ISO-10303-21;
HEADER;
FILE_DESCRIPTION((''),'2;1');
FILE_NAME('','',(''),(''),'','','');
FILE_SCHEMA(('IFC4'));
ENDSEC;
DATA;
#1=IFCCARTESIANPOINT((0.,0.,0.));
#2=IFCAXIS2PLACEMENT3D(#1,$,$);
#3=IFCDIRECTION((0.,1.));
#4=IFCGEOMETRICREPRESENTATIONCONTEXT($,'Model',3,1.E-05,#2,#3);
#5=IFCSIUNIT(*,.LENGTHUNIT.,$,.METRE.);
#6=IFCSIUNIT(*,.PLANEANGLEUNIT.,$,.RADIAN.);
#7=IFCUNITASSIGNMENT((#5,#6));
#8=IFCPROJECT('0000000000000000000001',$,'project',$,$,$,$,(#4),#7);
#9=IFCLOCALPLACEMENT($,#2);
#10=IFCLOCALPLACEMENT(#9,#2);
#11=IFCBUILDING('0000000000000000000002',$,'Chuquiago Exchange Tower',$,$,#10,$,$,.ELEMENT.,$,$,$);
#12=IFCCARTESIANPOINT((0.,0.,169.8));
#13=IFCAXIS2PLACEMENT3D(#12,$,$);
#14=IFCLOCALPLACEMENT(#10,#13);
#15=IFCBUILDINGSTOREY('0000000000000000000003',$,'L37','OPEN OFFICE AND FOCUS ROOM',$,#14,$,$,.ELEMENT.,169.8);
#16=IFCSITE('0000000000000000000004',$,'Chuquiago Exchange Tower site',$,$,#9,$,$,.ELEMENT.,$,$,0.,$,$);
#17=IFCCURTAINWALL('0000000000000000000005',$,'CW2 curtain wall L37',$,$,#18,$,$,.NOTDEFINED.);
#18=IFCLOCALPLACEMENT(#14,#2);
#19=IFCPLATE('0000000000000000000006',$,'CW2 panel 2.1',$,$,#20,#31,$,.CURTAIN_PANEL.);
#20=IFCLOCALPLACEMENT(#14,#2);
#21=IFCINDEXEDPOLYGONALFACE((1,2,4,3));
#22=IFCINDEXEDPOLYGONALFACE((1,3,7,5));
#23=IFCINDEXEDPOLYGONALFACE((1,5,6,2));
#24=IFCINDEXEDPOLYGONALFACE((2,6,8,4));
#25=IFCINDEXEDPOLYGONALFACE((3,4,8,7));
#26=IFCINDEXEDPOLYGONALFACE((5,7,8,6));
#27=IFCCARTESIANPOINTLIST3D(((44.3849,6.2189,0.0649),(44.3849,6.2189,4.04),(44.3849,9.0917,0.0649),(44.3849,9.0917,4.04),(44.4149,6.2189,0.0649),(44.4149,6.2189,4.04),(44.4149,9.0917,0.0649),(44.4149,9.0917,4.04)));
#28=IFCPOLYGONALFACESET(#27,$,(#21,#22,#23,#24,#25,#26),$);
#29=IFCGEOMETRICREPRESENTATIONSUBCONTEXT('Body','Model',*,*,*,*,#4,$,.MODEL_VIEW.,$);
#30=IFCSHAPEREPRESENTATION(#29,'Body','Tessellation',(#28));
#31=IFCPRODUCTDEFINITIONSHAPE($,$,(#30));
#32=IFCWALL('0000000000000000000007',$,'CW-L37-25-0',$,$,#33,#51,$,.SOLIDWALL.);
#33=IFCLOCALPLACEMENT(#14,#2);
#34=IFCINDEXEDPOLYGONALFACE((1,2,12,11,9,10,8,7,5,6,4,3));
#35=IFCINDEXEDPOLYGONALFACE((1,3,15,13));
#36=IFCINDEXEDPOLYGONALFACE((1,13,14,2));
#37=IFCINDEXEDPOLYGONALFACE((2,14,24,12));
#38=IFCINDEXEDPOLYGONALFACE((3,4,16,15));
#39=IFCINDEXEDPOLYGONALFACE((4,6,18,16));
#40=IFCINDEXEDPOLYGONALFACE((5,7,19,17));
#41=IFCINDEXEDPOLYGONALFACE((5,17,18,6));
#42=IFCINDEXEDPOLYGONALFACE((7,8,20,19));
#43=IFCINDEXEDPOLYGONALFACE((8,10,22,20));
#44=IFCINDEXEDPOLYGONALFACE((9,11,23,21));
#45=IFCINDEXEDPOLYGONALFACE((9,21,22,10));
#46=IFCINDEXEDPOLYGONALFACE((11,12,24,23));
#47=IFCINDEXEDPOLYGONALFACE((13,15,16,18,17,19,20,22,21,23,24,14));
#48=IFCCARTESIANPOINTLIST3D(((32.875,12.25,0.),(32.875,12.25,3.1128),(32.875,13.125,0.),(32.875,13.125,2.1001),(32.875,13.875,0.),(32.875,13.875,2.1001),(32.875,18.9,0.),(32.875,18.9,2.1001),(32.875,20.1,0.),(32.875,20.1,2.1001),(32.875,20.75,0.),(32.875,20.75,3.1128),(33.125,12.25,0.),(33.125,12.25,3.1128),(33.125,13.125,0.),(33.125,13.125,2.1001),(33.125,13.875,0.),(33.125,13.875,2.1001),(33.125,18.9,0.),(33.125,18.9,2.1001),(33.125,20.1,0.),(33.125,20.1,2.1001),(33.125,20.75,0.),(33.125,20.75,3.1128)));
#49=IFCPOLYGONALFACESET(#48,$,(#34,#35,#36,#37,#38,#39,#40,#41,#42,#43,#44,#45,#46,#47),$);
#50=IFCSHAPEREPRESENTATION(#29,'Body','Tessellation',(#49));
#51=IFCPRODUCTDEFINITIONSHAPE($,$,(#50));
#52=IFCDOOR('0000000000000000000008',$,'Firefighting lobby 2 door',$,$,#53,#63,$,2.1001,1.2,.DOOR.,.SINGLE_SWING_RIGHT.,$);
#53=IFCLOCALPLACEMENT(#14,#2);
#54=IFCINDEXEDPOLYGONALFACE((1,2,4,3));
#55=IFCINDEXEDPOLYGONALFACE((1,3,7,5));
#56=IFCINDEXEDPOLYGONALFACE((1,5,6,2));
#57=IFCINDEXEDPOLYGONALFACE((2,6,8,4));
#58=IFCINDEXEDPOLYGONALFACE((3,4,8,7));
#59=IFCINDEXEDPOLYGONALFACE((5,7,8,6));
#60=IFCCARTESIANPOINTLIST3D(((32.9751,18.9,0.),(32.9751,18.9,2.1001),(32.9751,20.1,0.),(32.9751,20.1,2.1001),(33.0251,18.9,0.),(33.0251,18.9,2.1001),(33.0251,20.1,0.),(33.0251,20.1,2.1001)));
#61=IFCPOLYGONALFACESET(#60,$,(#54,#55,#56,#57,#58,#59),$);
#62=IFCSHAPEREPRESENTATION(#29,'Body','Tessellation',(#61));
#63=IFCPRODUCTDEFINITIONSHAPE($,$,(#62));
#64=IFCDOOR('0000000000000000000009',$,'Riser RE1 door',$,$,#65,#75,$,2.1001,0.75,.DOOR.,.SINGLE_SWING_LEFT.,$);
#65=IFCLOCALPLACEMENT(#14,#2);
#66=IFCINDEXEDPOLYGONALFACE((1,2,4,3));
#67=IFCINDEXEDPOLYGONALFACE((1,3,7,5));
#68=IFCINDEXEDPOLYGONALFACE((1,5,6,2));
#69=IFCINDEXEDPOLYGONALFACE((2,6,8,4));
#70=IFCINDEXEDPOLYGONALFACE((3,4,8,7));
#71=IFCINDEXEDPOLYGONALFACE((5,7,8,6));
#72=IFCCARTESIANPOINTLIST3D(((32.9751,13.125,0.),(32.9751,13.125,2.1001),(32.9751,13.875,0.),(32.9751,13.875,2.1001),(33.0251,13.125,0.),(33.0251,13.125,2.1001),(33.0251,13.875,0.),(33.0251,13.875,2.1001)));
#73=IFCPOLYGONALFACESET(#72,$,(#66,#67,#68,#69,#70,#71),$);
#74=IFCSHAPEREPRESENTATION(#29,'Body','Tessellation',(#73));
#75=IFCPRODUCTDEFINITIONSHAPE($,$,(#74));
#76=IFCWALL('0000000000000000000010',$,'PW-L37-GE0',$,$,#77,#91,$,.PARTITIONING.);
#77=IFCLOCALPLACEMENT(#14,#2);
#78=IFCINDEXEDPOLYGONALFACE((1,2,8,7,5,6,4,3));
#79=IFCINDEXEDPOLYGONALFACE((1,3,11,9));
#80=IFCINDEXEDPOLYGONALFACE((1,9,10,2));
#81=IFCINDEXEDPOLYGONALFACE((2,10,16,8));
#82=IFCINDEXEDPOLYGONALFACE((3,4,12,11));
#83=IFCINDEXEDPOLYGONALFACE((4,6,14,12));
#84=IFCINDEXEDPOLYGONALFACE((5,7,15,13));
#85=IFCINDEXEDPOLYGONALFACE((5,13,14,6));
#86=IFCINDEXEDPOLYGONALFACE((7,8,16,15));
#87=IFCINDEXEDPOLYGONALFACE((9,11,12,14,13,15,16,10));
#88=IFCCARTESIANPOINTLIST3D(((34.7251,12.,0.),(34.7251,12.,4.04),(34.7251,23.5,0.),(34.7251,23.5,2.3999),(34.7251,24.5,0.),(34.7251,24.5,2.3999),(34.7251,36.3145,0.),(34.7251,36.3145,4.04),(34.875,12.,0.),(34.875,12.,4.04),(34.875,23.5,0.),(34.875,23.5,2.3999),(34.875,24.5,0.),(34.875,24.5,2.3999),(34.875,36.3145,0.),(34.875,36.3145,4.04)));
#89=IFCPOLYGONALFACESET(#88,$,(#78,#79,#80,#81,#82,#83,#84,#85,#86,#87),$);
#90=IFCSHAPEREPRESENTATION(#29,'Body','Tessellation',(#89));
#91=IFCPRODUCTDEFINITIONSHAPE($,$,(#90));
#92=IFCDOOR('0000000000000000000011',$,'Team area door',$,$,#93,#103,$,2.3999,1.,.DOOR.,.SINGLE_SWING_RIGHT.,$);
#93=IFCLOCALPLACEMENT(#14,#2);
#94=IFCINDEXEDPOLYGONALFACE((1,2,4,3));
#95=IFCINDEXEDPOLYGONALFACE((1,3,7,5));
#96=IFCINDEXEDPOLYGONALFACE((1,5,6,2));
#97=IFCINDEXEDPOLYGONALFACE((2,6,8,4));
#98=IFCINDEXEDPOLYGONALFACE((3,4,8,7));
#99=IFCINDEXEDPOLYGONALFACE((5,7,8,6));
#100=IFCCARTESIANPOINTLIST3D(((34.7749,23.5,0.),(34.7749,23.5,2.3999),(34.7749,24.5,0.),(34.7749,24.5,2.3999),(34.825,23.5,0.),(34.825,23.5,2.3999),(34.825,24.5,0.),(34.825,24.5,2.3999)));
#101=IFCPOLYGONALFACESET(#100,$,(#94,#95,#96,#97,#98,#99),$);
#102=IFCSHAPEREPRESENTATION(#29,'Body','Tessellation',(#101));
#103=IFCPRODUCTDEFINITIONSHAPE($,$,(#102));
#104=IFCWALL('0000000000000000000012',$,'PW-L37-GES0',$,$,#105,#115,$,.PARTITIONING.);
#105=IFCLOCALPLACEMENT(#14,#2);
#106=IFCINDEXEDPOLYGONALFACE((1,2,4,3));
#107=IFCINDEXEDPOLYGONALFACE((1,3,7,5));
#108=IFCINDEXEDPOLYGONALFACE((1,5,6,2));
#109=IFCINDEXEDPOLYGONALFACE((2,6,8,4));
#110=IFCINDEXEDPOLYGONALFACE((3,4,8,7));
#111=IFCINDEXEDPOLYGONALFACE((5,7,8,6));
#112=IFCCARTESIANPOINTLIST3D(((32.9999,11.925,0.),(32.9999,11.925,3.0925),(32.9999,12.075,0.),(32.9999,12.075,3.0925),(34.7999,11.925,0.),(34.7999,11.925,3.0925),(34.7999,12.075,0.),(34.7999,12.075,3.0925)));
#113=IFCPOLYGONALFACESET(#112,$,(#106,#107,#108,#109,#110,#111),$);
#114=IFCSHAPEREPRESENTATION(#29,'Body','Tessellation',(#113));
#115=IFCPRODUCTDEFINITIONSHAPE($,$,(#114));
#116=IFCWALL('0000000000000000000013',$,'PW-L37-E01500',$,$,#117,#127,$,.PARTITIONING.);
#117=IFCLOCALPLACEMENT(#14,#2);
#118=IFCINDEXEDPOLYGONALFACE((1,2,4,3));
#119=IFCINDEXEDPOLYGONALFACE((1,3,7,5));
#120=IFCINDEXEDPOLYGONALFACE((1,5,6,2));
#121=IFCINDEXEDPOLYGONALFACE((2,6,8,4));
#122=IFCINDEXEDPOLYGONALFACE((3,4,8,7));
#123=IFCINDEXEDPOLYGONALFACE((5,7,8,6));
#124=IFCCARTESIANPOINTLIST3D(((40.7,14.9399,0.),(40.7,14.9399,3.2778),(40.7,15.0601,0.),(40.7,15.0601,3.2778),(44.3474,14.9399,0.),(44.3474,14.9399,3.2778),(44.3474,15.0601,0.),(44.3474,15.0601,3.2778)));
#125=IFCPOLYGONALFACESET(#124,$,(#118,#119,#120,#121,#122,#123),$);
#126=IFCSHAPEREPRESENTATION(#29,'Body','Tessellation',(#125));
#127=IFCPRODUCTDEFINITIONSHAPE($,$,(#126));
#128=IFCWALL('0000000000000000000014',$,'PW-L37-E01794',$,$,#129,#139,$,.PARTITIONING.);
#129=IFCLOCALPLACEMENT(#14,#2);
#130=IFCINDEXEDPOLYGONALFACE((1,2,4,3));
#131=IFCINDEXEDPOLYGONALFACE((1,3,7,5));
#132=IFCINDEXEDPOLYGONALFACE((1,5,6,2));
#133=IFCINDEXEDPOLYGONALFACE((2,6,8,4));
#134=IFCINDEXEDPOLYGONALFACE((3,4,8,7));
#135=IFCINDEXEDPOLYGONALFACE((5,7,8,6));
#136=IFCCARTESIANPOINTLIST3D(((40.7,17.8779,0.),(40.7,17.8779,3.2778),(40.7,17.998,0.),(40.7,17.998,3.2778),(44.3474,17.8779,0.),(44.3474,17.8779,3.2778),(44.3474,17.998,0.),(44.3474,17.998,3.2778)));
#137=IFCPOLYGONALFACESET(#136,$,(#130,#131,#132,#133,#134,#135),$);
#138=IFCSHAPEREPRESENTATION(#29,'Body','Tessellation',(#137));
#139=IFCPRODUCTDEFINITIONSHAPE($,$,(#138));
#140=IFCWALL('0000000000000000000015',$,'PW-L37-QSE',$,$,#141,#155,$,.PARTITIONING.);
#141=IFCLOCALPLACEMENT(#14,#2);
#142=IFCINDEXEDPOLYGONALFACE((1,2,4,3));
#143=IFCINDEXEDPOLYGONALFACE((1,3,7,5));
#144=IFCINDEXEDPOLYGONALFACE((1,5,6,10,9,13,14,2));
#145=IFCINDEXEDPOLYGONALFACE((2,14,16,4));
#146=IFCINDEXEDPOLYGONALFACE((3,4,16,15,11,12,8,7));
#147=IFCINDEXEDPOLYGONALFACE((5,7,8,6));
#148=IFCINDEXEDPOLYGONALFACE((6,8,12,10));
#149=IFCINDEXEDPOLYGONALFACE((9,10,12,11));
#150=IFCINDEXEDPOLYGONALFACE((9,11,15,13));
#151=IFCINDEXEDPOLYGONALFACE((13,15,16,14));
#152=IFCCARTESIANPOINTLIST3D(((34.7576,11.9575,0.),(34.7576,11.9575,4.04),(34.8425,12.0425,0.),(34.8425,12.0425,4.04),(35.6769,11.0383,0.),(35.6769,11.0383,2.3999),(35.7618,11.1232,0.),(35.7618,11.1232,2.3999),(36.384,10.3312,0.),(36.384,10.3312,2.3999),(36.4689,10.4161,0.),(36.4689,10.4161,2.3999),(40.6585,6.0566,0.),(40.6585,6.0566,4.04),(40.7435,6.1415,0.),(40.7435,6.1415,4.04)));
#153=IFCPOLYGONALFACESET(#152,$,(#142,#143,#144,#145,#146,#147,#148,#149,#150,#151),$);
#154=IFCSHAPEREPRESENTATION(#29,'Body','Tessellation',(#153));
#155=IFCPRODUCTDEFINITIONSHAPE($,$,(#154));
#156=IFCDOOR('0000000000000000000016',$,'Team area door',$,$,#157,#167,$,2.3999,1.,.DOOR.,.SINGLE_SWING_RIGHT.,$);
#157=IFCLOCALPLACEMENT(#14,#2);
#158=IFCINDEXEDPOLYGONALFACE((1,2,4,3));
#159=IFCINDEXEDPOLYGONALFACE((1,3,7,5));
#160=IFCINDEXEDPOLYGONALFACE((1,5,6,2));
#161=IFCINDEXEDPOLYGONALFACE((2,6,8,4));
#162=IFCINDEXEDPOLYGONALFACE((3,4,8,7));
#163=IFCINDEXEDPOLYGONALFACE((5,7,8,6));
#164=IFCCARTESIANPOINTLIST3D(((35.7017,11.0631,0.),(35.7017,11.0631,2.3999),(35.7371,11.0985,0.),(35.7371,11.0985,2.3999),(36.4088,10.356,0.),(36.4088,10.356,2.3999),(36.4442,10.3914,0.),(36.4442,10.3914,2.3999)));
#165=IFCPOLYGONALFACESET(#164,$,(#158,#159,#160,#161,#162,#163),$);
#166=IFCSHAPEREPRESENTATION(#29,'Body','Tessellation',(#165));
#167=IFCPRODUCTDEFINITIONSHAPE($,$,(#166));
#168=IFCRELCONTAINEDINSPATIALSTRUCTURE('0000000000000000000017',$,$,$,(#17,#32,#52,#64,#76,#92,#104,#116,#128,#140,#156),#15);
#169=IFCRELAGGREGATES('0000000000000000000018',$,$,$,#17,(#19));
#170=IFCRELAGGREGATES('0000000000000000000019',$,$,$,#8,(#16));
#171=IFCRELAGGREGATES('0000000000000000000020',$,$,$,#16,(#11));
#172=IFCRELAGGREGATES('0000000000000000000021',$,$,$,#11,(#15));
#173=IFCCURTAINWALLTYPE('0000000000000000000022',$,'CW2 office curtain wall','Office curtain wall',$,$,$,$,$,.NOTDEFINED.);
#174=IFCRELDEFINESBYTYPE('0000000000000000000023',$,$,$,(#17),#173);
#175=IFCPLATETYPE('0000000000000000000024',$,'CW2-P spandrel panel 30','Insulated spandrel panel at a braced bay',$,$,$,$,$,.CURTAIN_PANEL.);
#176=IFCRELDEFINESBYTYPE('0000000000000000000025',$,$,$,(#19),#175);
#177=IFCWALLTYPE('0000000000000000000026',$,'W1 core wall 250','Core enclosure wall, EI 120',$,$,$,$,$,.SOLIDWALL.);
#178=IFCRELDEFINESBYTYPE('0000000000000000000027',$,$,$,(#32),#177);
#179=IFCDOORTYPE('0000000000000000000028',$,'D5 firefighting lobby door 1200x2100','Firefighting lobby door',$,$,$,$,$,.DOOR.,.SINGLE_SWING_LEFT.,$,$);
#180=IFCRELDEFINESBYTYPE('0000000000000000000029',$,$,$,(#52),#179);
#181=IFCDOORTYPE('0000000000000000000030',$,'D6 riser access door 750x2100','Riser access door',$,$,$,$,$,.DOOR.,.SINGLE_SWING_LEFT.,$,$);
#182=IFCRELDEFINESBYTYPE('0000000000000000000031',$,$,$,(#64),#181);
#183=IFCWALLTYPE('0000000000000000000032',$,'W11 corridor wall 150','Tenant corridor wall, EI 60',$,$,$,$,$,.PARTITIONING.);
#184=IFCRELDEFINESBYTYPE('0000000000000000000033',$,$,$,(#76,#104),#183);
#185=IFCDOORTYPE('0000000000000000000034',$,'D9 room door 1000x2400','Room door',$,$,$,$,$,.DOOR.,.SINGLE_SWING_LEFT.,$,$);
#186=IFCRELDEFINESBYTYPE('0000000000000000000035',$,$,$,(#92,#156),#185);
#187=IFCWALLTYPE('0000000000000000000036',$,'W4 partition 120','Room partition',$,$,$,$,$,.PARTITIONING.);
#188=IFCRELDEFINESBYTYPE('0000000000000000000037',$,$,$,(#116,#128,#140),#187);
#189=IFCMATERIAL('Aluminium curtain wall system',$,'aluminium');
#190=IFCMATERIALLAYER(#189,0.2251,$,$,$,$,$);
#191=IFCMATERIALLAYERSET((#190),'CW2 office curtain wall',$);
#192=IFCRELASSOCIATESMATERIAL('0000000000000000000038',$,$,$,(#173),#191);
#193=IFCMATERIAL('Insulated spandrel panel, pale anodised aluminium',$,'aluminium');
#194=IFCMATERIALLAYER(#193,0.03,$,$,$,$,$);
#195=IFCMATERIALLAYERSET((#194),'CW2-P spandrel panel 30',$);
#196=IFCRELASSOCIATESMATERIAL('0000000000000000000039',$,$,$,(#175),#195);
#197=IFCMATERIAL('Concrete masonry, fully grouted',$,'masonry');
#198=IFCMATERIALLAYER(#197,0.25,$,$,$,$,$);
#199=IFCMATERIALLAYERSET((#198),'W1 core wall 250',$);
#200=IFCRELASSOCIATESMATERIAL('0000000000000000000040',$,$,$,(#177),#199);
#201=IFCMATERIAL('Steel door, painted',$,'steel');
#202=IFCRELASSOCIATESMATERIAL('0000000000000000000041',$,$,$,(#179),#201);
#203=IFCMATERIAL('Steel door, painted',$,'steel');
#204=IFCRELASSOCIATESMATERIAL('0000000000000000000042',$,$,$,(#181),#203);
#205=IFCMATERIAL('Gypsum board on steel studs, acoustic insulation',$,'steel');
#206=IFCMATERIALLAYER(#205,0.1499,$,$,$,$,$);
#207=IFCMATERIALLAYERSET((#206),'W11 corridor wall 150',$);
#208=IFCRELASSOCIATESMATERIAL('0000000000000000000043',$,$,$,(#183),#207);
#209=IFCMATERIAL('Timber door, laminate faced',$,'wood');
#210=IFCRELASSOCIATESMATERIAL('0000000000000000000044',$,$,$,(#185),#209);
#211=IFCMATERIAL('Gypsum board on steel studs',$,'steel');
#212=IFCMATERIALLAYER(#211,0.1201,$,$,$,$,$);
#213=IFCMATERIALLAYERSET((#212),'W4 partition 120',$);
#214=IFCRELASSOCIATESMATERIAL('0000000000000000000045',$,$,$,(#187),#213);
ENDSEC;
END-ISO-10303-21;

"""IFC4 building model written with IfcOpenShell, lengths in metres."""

from ifc_helpers import new_model, si_unit, direction, frame, frame_2d, origin, origin_2d, place, context, subcontext, project, spatial, rectangle, extrude, material, layer, layer_set, type_object, element, fill, aggregate, save


model = new_model("IFC4")

# Units and contexts
model_context = context("Model", 3, precision=1e-05, world=origin(), true_north=direction((0.0, 1.0)))
body_context = subcontext(model_context, "Body", "Model", "MODEL_VIEW")
ifc_project = project(units=[si_unit("LENGTHUNIT", "METRE"), si_unit("PLANEANGLEUNIT", "RADIAN")], contexts=[model_context])

# Site, building, storey
site_placement = place(None, origin())
site = spatial("IfcSite", under=ifc_project, at=site_placement, Name="Chuquiago Exchange Tower site", CompositionType="ELEMENT", RefElevation=0.0)
building_placement = place(site_placement, origin())
building = spatial("IfcBuilding", under=site, at=building_placement, Name="Chuquiago Exchange Tower", CompositionType="ELEMENT")
storey_placement = place(building_placement, frame((0.0, 0.0, 169.8)))
storey = spatial("IfcBuildingStorey", under=building, at=storey_placement, Name="L37", Description="OPEN OFFICE AND FOCUS ROOM", CompositionType="ELEMENT", Elevation=169.8)

# Curtain wall
ifc_material_1 = material(Name="Aluminium curtain wall system", Category="aluminium")
ifc_layer_1 = layer(ifc_material_1, 0.2251)
ifc_layer_set_1 = layer_set([ifc_layer_1], Name="CW2 office curtain wall")
curtain_wall_type = type_object("IfcCurtainWallType", Name="CW2 office curtain wall", Description="Office curtain wall", PredefinedType="NOTDEFINED", material=ifc_layer_set_1)
curtain_wall_placement = place(storey_placement, origin())
curtain_wall = element("IfcCurtainWall", 1, at=curtain_wall_placement, inside=storey, type_object=curtain_wall_type, Name="CW2 curtain wall L37", PredefinedType="NOTDEFINED")

# Plate
ifc_material_2 = material(Name="Insulated spandrel panel, pale anodised aluminium", Category="aluminium")
ifc_layer_2 = layer(ifc_material_2, 0.03)
ifc_layer_set_2 = layer_set([ifc_layer_2], Name="CW2-P spandrel panel 30")
plate_type = type_object("IfcPlateType", Name="CW2-P spandrel panel 30", Description="Insulated spandrel panel at a braced bay", PredefinedType="CURTAIN_PANEL", material=ifc_layer_set_2)
plate_placement = place(storey_placement, frame((44.3999, 7.6553, 0.0649), z_axis=(0.0, 0.0, 1.0), x_axis=(0.0, 1.0, 0.0)))
plate = element("IfcPlate", 2, at=plate_placement, type_object=plate_type, Name="CW2 panel 2.1", PredefinedType="CURTAIN_PANEL", context=body_context, shape_type="SweptSolid", body=[
    extrude(rectangle(XDim=2.8728, YDim=0.03, at=origin_2d()), origin(), (0.0, 0.0, 1.0), 3.9751),
])
aggregate(curtain_wall, [plate])

# Wall, openings, doors
ifc_material_3 = material(Name="Concrete masonry, fully grouted", Category="masonry")
ifc_layer_3 = layer(ifc_material_3, 0.25)
ifc_layer_set_3 = layer_set([ifc_layer_3], Name="W1 core wall 250")
wall_type_1 = type_object("IfcWallType", Name="W1 core wall 250", Description="Core enclosure wall, EI 120", PredefinedType="SOLIDWALL", material=ifc_layer_set_3)
wall_1_placement = place(storey_placement, frame((33.0, 12.25, 0.0), z_axis=(0.0, 0.0, 1.0), x_axis=(0.0, 1.0, 0.0)))
wall_1 = element("IfcWall", 3, at=wall_1_placement, inside=storey, type_object=wall_type_1, Name="CW-L37-25-0", PredefinedType="SOLIDWALL", context=body_context, shape_type="SweptSolid", body=[
    extrude(rectangle(XDim=8.5, YDim=0.25, at=frame_2d((4.25, 0.0))), origin(), (0.0, 0.0, 1.0), 3.1128),
])
opening_1_placement = place(wall_1_placement, frame((6.6499, 0.0, 0.0)))
opening_1 = element("IfcOpeningElement", 4, at=opening_1_placement, cuts=wall_1, PredefinedType="OPENING", context=body_context, shape_type="SweptSolid", body=[
    extrude(rectangle(XDim=1.2, YDim=2.1001, at=frame_2d((0.6001, 1.05))), frame((0.0, 0.135, 0.0), z_axis=(0.0, -1.0, 0.0), x_axis=(1.0, 0.0, 0.0)), (0.0, 0.0, 1.0), 0.27),
])
opening_2_placement = place(wall_1_placement, frame((0.875, 0.0, 0.0)))
opening_2 = element("IfcOpeningElement", 5, at=opening_2_placement, cuts=wall_1, PredefinedType="OPENING", context=body_context, shape_type="SweptSolid", body=[
    extrude(rectangle(XDim=0.75, YDim=2.1001, at=frame_2d((0.375, 1.05))), frame((0.0, 0.135, 0.0), z_axis=(0.0, -1.0, 0.0), x_axis=(1.0, 0.0, 0.0)), (0.0, 0.0, 1.0), 0.27),
])
ifc_material_4 = material(Name="Steel door, painted", Category="steel")
door_type_1 = type_object("IfcDoorType", Name="D5 firefighting lobby door 1200x2100", Description="Firefighting lobby door", OperationType="SINGLE_SWING_LEFT", PredefinedType="DOOR", material=ifc_material_4)
door_1_placement = place(opening_1_placement, origin())
door_1 = element("IfcDoor", 6, at=door_1_placement, inside=storey, type_object=door_type_1, Name="Firefighting lobby 2 door", OperationType="SINGLE_SWING_RIGHT", OverallHeight=2.1001, OverallWidth=1.2, PredefinedType="DOOR", context=body_context, shape_type="SweptSolid", body=[
    extrude(rectangle(XDim=1.2, YDim=2.1001, at=frame_2d((0.6001, 1.05))), frame((0.0, 0.0249, 0.0), z_axis=(0.0, -1.0, 0.0), x_axis=(1.0, 0.0, 0.0)), (0.0, 0.0, 1.0), 0.05),
])
fill(opening_1, door_1)
ifc_material_5 = material(Name="Steel door, painted", Category="steel")
door_type_2 = type_object("IfcDoorType", Name="D6 riser access door 750x2100", Description="Riser access door", OperationType="SINGLE_SWING_LEFT", PredefinedType="DOOR", material=ifc_material_5)
door_2_placement = place(opening_2_placement, origin())
door_2 = element("IfcDoor", 7, at=door_2_placement, inside=storey, type_object=door_type_2, Name="Riser RE1 door", OperationType="SINGLE_SWING_LEFT", OverallHeight=2.1001, OverallWidth=0.75, PredefinedType="DOOR", context=body_context, shape_type="SweptSolid", body=[
    extrude(rectangle(XDim=0.75, YDim=2.1001, at=frame_2d((0.375, 1.05))), frame((0.0, 0.0249, 0.0), z_axis=(0.0, -1.0, 0.0), x_axis=(1.0, 0.0, 0.0)), (0.0, 0.0, 1.0), 0.05),
])
fill(opening_2, door_2)

# Wall, opening, door
ifc_material_6 = material(Name="Gypsum board on steel studs, acoustic insulation", Category="steel")
ifc_layer_4 = layer(ifc_material_6, 0.1499)
ifc_layer_set_4 = layer_set([ifc_layer_4], Name="W11 corridor wall 150")
wall_type_2 = type_object("IfcWallType", Name="W11 corridor wall 150", Description="Tenant corridor wall, EI 60", PredefinedType="PARTITIONING", material=ifc_layer_set_4)
wall_2_placement = place(storey_placement, frame((34.8, 12.0, 0.0), z_axis=(0.0, 0.0, 1.0), x_axis=(0.0, 1.0, 0.0)))
wall_2 = element("IfcWall", 8, at=wall_2_placement, inside=storey, type_object=wall_type_2, Name="PW-L37-GE0", PredefinedType="PARTITIONING", context=body_context, shape_type="SweptSolid", body=[
    extrude(rectangle(XDim=24.3145, YDim=0.1499, at=frame_2d((12.1572, 0.0))), origin(), (0.0, 0.0, 1.0), 4.04),
])
opening_3_placement = place(wall_2_placement, frame((11.5, 0.0, 0.0)))
opening_3 = element("IfcOpeningElement", 9, at=opening_3_placement, cuts=wall_2, PredefinedType="OPENING", context=body_context, shape_type="SweptSolid", body=[
    extrude(rectangle(XDim=1.0, YDim=2.3999, at=frame_2d((0.5, 1.2))), frame((0.0, 0.085, 0.0), z_axis=(0.0, -1.0, 0.0), x_axis=(1.0, 0.0, 0.0)), (0.0, 0.0, 1.0), 0.1699),
])
ifc_material_7 = material(Name="Timber door, laminate faced", Category="wood")
door_type_3 = type_object("IfcDoorType", Name="D9 room door 1000x2400", Description="Room door", OperationType="SINGLE_SWING_LEFT", PredefinedType="DOOR", material=ifc_material_7)
door_3_placement = place(opening_3_placement, frame((1.0, 0.0, 0.0), z_axis=(0.0, 0.0, 1.0), x_axis=(-1.0, 0.0, 0.0)))
door_3 = element("IfcDoor", 10, at=door_3_placement, inside=storey, type_object=door_type_3, Name="Team area door", OperationType="SINGLE_SWING_RIGHT", OverallHeight=2.3999, OverallWidth=1.0, PredefinedType="DOOR", context=body_context, shape_type="SweptSolid", body=[
    extrude(rectangle(XDim=1.0, YDim=2.3999, at=frame_2d((0.5, 1.2))), frame((0.0, 0.0249, 0.0), z_axis=(0.0, -1.0, 0.0), x_axis=(1.0, 0.0, 0.0)), (0.0, 0.0, 1.0), 0.05),
])
fill(opening_3, door_3)

# Walls
wall_3_placement = place(storey_placement, frame((33.0, 12.0, 0.0), z_axis=(0.0, 0.0, 1.0), x_axis=(1.0, 0.0, 0.0)))
element("IfcWall", 11, at=wall_3_placement, inside=storey, type_object=wall_type_2, Name="PW-L37-GES0", PredefinedType="PARTITIONING", context=body_context, shape_type="SweptSolid", body=[
    extrude(rectangle(XDim=1.8, YDim=0.1499, at=frame_2d((0.8999, 0.0))), origin(), (0.0, 0.0, 1.0), 3.0925),
])
ifc_material_8 = material(Name="Gypsum board on steel studs", Category="steel")
ifc_layer_5 = layer(ifc_material_8, 0.1201)
ifc_layer_set_5 = layer_set([ifc_layer_5], Name="W4 partition 120")
wall_type_3 = type_object("IfcWallType", Name="W4 partition 120", Description="Room partition", PredefinedType="PARTITIONING", material=ifc_layer_set_5)
for number, where, z_axis, x_axis, name in (
    (12, (44.3474, 15.0, 0.0), (0.0, 0.0, 1.0), (-1.0, 0.0, 0.0), "PW-L37-E01500"),
    (13, (44.3474, 17.938, 0.0), (0.0, 0.0, 1.0), (-1.0, 0.0, 0.0), "PW-L37-E01794"),
):
    element("IfcWall", number, at=place(storey_placement, frame(where, z_axis=z_axis, x_axis=x_axis)), inside=storey, type_object=wall_type_3, Name=name, PredefinedType="PARTITIONING", context=body_context, shape_type="SweptSolid", body=[
        extrude(rectangle(XDim=3.6475, YDim=0.1201, at=frame_2d((1.8237, 0.0))), origin(), (0.0, 0.0, 1.0), 3.2778),
    ])

# Wall, opening, door
wall_4_placement = place(storey_placement, frame((34.8, 12.0, 0.0), z_axis=(0.0, 0.0, 1.0), x_axis=(0.707107, -0.707107, 0.0)))
wall_4 = element("IfcWall", 14, at=wall_4_placement, inside=storey, type_object=wall_type_3, Name="PW-L37-QSE", PredefinedType="PARTITIONING", context=body_context, shape_type="SweptSolid", body=[
    extrude(rectangle(XDim=8.3452, YDim=0.1201, at=frame_2d((4.1726, 0.0))), origin(), (0.0, 0.0, 1.0), 4.04),
])
opening_4_placement = place(wall_4_placement, frame((1.3, 0.0, 0.0)))
opening_4 = element("IfcOpeningElement", 15, at=opening_4_placement, cuts=wall_4, PredefinedType="OPENING", context=body_context, shape_type="SweptSolid", body=[
    extrude(rectangle(XDim=1.0, YDim=2.3999, at=frame_2d((0.5, 1.2))), frame((0.0, 0.0701, 0.0), z_axis=(0.0, -1.0, 0.0), x_axis=(1.0, 0.0, 0.0)), (0.0, 0.0, 1.0), 0.1401),
])
door_4_placement = place(opening_4_placement, frame((1.0, 0.0, 0.0), z_axis=(0.0, 0.0, 1.0), x_axis=(-1.0, 0.0, 0.0)))
door_4 = element("IfcDoor", 16, at=door_4_placement, inside=storey, type_object=door_type_3, Name="Team area door", OperationType="SINGLE_SWING_RIGHT", OverallHeight=2.3999, OverallWidth=1.0, PredefinedType="DOOR", context=body_context, shape_type="SweptSolid", body=[
    extrude(rectangle(XDim=1.0, YDim=2.3999, at=frame_2d((0.5, 1.2))), frame((0.0, 0.0249, 0.0), z_axis=(0.0, -1.0, 0.0), x_axis=(1.0, 0.0, 0.0)), (0.0, 0.0, 1.0), 0.05),
])
fill(opening_4, door_4)

save(model, "model.ifc")
